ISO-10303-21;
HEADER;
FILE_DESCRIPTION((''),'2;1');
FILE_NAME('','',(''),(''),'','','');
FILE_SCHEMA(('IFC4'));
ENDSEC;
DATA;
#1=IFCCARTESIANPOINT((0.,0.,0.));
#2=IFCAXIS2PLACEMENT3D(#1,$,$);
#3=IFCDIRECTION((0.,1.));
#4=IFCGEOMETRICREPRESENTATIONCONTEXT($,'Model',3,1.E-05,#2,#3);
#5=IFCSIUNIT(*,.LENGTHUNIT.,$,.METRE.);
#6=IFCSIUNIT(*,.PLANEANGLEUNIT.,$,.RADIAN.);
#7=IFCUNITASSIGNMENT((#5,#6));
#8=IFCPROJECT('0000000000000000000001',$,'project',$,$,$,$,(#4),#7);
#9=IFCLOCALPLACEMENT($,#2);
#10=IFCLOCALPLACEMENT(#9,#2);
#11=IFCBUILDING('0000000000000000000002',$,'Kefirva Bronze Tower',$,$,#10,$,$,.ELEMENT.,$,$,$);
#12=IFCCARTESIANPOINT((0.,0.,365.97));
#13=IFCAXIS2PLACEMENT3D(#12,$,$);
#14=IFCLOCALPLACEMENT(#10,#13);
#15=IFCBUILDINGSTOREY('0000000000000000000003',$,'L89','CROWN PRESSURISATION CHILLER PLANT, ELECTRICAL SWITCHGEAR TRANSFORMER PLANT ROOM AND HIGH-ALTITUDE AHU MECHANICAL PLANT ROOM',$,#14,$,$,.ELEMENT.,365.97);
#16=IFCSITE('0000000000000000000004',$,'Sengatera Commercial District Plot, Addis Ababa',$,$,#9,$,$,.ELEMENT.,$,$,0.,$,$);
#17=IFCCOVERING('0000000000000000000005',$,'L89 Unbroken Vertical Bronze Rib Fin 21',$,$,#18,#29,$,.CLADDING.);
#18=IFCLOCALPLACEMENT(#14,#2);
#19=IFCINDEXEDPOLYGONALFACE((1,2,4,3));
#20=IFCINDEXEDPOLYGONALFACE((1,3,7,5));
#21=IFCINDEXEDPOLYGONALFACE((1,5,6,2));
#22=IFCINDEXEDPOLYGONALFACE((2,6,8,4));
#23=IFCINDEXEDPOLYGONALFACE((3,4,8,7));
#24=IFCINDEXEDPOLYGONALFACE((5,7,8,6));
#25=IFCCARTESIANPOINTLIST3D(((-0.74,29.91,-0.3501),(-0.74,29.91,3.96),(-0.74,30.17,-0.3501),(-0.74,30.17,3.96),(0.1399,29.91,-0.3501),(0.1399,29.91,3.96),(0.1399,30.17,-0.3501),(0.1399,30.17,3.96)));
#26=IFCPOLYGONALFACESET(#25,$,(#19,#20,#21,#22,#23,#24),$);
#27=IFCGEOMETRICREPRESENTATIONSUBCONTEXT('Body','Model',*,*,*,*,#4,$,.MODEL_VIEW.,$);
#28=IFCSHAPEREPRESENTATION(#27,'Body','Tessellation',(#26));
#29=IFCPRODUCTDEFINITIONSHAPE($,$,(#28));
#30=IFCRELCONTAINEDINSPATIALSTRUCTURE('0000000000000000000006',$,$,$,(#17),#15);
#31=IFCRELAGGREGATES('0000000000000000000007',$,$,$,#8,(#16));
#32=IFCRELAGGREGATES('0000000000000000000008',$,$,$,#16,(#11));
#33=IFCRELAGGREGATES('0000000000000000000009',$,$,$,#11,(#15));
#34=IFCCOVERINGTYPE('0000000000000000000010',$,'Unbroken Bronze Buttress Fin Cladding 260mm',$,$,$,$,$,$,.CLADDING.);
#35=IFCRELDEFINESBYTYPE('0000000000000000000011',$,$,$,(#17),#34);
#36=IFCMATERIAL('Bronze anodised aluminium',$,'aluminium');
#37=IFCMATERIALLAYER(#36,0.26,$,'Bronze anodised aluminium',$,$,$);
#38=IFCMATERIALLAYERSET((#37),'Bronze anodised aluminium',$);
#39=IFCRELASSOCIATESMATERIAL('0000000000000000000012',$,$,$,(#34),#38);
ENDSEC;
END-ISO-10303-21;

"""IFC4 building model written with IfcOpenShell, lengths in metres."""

from ifc_helpers import new_model, si_unit, direction, frame, origin, origin_2d, place, context, subcontext, project, spatial, rectangle, extrude, material, layer, layer_set, type_object, element, save


model = new_model("IFC4")

# Units and contexts
model_context = context("Model", 3, precision=1e-05, world=origin(), true_north=direction((0.0, 1.0)))
body_context = subcontext(model_context, "Body", "Model", "MODEL_VIEW")
ifc_project = project(units=[si_unit("LENGTHUNIT", "METRE"), si_unit("PLANEANGLEUNIT", "RADIAN")], contexts=[model_context])

# Site, building, storey
site_placement = place(None, origin())
site = spatial("IfcSite", under=ifc_project, at=site_placement, Name="Sengatera Commercial District Plot, Addis Ababa", CompositionType="ELEMENT", RefElevation=0.0)
building_placement = place(site_placement, origin())
building = spatial("IfcBuilding", under=site, at=building_placement, Name="Kefirva Bronze Tower", CompositionType="ELEMENT")
storey_placement = place(building_placement, frame((0.0, 0.0, 365.97)))
storey = spatial("IfcBuildingStorey", under=building, at=storey_placement, Name="L89", Description="CROWN PRESSURISATION CHILLER PLANT, ELECTRICAL SWITCHGEAR TRANSFORMER PLANT ROOM AND HIGH-ALTITUDE AHU MECHANICAL PLANT ROOM", CompositionType="ELEMENT", Elevation=365.97)

# Shared definitions
ifc_material_1 = material(Name="Bronze anodised aluminium", Category="aluminium")

# Covering
ifc_layer_1 = layer(ifc_material_1, 0.26, Name="Bronze anodised aluminium")
ifc_layer_set_1 = layer_set([ifc_layer_1], Name="Bronze anodised aluminium")
covering_type = type_object("IfcCoveringType", Name="Unbroken Bronze Buttress Fin Cladding 260mm", PredefinedType="CLADDING", material=ifc_layer_set_1)
covering_placement = place(storey_placement, frame((-0.3, 30.04, -0.3501), z_axis=(0.0, 0.0, 1.0), x_axis=(0.0, -1.0, 0.0)))
element("IfcCovering", 1, at=covering_placement, inside=storey, type_object=covering_type, Name="L89 Unbroken Vertical Bronze Rib Fin 21", PredefinedType="CLADDING", context=body_context, shape_type="SweptSolid", body=[
    extrude(rectangle(XDim=0.26, YDim=0.8799, at=origin_2d()), origin(), (0.0, 0.0, 1.0), 4.3101),
])

save(model, "model.ifc")
